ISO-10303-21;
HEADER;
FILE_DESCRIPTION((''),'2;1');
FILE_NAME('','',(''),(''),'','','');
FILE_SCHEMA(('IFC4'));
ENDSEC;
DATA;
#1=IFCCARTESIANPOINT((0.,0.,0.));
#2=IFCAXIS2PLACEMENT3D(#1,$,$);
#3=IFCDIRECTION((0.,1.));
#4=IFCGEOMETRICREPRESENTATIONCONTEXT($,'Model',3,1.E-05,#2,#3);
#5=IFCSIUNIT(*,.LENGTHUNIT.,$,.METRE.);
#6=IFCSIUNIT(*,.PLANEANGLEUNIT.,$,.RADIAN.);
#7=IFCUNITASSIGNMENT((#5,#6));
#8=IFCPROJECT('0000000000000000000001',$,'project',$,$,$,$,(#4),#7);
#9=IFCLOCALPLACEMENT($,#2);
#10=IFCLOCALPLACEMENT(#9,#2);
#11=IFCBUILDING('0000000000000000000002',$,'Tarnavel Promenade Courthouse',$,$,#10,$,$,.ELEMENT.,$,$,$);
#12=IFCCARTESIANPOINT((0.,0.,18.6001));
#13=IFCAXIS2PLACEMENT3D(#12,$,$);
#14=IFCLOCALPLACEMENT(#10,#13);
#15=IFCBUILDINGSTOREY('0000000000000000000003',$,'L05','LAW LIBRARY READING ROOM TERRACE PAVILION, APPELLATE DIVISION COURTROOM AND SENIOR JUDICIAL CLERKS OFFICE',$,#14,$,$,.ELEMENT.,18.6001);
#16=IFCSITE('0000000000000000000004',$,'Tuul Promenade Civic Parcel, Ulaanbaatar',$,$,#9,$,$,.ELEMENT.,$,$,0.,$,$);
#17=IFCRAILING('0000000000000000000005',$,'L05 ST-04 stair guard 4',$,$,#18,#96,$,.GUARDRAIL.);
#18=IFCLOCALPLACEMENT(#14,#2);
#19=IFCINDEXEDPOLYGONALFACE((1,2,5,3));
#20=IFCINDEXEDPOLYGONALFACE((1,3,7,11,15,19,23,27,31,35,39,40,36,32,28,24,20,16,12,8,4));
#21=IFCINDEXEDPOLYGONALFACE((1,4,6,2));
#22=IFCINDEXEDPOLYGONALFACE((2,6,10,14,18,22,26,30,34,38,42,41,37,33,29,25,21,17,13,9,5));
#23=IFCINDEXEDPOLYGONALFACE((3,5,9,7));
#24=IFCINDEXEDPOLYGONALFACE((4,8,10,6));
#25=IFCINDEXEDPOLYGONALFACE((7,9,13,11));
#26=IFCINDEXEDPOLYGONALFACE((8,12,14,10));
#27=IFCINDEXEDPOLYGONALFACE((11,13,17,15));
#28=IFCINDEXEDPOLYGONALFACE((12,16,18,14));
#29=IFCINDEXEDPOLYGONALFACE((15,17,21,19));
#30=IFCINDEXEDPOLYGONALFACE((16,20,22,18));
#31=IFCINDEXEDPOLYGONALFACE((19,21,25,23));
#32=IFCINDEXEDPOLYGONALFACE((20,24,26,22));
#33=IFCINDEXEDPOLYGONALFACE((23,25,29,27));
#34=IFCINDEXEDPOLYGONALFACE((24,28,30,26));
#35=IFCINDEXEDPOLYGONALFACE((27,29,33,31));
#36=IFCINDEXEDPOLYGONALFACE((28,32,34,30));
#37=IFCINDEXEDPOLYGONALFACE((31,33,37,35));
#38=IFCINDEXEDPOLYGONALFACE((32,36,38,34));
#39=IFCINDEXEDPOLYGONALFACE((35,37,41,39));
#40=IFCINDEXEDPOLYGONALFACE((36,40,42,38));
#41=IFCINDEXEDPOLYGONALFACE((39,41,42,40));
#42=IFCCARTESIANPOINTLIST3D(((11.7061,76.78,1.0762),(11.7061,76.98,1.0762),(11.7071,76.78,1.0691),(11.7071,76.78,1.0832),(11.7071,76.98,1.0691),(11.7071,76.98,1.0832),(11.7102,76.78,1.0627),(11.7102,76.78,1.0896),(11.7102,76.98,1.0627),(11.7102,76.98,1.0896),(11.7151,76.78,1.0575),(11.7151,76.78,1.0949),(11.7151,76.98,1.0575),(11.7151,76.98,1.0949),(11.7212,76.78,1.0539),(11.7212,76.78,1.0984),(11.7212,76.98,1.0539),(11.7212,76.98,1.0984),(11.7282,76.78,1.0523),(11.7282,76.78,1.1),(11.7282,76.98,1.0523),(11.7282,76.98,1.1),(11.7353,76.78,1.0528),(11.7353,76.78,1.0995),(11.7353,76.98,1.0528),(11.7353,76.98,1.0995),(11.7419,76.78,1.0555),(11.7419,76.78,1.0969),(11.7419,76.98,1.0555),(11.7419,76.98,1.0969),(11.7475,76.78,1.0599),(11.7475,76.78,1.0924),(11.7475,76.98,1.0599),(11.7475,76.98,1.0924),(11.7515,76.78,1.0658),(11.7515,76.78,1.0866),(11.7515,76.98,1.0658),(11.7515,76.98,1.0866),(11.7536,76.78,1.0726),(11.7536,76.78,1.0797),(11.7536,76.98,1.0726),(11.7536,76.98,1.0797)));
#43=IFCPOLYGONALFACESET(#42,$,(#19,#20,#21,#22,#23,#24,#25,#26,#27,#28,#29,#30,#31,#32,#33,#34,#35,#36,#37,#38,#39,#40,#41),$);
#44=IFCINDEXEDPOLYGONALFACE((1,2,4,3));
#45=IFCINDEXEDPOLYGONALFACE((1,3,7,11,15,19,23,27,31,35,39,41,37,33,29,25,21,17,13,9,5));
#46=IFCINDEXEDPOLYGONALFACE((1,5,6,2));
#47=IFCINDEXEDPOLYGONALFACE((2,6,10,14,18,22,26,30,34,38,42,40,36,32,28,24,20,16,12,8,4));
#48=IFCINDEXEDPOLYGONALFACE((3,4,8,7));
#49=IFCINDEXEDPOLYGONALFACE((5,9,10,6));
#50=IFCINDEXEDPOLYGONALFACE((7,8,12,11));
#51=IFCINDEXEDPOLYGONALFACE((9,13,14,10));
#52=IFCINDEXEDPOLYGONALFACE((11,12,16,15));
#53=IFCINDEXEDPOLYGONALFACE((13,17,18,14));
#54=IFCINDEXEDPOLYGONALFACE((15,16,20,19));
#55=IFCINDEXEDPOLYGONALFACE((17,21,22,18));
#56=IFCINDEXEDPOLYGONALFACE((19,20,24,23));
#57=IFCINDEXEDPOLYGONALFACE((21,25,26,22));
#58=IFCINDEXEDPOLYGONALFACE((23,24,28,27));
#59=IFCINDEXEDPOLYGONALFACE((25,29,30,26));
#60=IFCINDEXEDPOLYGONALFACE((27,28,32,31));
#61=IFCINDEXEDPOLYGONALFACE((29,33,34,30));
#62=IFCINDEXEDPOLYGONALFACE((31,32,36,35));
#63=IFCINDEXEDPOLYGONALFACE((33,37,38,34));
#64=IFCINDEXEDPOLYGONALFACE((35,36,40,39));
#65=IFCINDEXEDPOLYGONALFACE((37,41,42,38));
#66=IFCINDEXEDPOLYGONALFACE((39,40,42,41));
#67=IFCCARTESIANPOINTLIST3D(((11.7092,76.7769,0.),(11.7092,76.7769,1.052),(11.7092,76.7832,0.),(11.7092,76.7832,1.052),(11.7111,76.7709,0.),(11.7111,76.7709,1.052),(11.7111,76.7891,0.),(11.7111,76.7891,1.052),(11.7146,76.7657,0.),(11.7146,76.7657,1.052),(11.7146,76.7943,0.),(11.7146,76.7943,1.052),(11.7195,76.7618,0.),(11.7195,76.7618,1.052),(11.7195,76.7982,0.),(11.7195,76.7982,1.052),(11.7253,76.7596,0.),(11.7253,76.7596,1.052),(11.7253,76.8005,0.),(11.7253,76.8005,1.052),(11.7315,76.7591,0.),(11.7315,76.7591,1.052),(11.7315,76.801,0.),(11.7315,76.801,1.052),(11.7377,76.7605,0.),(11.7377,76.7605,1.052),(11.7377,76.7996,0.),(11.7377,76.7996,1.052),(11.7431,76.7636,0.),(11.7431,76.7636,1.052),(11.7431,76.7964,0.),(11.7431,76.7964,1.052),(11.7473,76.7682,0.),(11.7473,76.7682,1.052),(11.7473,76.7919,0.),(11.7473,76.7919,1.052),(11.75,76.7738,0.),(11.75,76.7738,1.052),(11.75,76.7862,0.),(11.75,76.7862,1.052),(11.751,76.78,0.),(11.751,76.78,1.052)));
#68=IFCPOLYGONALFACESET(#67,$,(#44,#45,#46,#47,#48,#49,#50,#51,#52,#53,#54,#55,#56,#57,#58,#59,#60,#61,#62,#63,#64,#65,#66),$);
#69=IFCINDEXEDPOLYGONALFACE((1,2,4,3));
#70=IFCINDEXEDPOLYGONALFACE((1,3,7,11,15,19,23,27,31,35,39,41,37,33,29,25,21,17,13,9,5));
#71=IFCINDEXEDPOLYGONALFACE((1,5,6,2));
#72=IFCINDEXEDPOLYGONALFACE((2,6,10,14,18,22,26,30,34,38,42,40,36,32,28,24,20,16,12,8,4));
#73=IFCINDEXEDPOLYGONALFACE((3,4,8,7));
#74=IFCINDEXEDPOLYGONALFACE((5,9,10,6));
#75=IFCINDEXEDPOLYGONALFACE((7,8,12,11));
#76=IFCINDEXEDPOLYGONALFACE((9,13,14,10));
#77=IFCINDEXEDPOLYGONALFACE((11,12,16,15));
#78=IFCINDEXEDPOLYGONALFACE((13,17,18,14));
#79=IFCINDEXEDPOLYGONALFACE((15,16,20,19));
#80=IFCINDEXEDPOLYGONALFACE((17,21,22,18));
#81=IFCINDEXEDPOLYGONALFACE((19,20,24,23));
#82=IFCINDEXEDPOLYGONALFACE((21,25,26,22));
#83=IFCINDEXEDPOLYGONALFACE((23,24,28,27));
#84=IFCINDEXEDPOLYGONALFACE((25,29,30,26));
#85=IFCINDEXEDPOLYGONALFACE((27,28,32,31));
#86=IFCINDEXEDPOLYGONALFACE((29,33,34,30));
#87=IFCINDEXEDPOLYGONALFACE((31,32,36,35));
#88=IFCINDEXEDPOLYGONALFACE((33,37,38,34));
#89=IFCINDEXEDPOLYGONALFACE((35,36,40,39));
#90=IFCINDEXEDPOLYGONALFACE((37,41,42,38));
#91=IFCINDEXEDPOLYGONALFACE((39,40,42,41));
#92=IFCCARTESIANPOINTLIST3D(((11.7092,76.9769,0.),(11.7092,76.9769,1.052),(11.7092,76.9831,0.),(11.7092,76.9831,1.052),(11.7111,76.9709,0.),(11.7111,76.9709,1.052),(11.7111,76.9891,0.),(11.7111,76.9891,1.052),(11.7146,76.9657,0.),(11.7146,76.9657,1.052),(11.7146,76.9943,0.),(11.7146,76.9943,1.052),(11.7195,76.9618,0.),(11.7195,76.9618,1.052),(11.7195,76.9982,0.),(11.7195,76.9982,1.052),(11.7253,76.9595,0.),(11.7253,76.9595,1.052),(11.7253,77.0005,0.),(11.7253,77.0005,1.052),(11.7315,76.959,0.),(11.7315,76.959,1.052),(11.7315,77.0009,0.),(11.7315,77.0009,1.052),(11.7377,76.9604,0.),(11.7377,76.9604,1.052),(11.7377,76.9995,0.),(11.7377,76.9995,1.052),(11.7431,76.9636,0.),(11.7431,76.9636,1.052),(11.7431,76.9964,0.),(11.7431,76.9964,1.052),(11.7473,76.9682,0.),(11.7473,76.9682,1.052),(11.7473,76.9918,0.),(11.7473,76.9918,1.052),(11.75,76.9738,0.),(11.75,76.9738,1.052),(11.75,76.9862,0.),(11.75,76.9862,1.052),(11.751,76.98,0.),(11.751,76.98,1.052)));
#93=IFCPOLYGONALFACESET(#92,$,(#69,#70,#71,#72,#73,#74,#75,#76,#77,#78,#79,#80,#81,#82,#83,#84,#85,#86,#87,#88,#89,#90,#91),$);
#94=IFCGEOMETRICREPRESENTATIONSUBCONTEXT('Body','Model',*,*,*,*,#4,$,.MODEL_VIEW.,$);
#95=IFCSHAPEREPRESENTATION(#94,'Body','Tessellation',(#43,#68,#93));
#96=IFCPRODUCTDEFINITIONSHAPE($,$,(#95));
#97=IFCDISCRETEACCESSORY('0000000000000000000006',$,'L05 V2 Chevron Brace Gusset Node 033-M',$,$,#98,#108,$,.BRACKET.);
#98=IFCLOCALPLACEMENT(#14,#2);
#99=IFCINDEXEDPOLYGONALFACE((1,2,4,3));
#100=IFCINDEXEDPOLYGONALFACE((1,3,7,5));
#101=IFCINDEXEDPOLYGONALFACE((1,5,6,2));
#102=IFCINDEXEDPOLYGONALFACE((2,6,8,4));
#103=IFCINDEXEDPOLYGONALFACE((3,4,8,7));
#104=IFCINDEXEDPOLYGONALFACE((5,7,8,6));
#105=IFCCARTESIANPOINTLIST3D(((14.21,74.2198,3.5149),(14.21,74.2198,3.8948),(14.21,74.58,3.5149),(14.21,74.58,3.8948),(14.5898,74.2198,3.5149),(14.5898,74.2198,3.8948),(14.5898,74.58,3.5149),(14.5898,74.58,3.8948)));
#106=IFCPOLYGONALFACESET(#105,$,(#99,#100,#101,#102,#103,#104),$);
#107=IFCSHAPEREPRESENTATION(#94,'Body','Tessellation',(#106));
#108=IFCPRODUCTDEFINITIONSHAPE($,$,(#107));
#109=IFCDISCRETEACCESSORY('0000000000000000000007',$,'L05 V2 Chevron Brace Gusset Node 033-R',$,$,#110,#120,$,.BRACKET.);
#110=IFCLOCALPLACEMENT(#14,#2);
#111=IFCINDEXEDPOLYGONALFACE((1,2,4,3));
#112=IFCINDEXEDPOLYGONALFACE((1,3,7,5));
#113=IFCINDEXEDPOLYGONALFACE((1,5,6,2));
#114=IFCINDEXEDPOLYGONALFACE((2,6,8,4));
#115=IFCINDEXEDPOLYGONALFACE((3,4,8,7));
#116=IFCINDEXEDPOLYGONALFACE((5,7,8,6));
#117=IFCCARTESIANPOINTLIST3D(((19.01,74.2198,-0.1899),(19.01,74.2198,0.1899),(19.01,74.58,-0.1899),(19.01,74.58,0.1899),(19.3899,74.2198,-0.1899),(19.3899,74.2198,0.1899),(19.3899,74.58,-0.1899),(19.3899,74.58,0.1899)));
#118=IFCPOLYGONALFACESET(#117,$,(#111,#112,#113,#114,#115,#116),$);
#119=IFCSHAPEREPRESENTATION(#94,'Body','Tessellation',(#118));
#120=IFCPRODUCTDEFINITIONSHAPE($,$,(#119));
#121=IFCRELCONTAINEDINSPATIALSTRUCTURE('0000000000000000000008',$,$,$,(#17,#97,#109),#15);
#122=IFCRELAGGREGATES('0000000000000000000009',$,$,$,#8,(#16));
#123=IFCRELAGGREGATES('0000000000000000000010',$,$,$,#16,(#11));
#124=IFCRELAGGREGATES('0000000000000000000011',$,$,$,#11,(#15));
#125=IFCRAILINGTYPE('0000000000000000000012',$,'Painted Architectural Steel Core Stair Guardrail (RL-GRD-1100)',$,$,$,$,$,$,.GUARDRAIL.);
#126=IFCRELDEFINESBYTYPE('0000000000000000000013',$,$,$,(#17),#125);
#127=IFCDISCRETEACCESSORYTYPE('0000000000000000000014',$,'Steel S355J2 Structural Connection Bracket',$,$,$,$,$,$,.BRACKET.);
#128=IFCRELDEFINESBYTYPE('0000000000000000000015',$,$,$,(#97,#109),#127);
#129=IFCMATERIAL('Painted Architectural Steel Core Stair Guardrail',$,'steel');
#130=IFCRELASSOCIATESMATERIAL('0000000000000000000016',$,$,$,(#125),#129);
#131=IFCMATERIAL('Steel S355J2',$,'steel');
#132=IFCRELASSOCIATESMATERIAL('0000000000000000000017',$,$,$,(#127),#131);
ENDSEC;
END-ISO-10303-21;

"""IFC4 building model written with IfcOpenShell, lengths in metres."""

from ifc_helpers import new_model, si_unit, direction, frame, origin, origin_2d, place, context, subcontext, project, spatial, rectangle, circle, extrude, material, type_object, element, save


model = new_model("IFC4")

# Units and contexts
model_context = context("Model", 3, precision=1e-05, world=origin(), true_north=direction((0.0, 1.0)))
body_context = subcontext(model_context, "Body", "Model", "MODEL_VIEW")
ifc_project = project(units=[si_unit("LENGTHUNIT", "METRE"), si_unit("PLANEANGLEUNIT", "RADIAN")], contexts=[model_context])

# Site, building, storey
site_placement = place(None, origin())
site = spatial("IfcSite", under=ifc_project, at=site_placement, Name="Tuul Promenade Civic Parcel, Ulaanbaatar", CompositionType="ELEMENT", RefElevation=0.0)
building_placement = place(site_placement, origin())
building = spatial("IfcBuilding", under=site, at=building_placement, Name="Tarnavel Promenade Courthouse", CompositionType="ELEMENT")
storey_placement = place(building_placement, frame((0.0, 0.0, 18.6001)))
storey = spatial("IfcBuildingStorey", under=building, at=storey_placement, Name="L05", Description="LAW LIBRARY READING ROOM TERRACE PAVILION, APPELLATE DIVISION COURTROOM AND SENIOR JUDICIAL CLERKS OFFICE", CompositionType="ELEMENT", Elevation=18.6001)

# Shared definitions
ifc_material_1 = material(Name="Steel S355J2", Category="steel")

# Railing
ifc_material_2 = material(Name="Painted Architectural Steel Core Stair Guardrail", Category="steel")
railing_type_1 = type_object("IfcRailingType", Name="Painted Architectural Steel Core Stair Guardrail (RL-GRD-1100)", PredefinedType="GUARDRAIL", material=ifc_material_2)
railing_1_placement = place(storey_placement, frame((11.73, 76.78, 0.0)))
element("IfcRailing", 1, at=railing_1_placement, inside=storey, type_object=railing_type_1, Name="L05 ST-04 stair guard 4", PredefinedType="GUARDRAIL", context=body_context, shape_type="SweptSolid", body=[
    extrude(circle(Radius=0.0239, at=origin_2d()), frame((0.0, 0.0, 1.0762), z_axis=(0.0, 1.0, 0.0), x_axis=(-1.0, 0.0, 0.0)), (0.0, 0.0, 1.0), 0.2),
    extrude(circle(Radius=0.021, at=origin_2d()), origin(), (0.0, 0.0, 1.0), 1.052),
    extrude(circle(Radius=0.021, at=origin_2d()), frame((0.0, 0.2, 0.0)), (0.0, 0.0, 1.0), 1.052),
])

# Discrete accessories
discrete_accessory_type = type_object("IfcDiscreteAccessoryType", Name="Steel S355J2 Structural Connection Bracket", PredefinedType="BRACKET", material=ifc_material_1)
for number, where, z_axis, x_axis, name in (
    (2, (14.3999, 74.3999, 3.5149), (0.0, 0.0, 1.0), (1.0, 0.0, 0.0), "L05 V2 Chevron Brace Gusset Node 033-M"),
    (3, (19.2, 74.3999, -0.1899), (0.0, 0.0, 1.0), (1.0, 0.0, 0.0), "L05 V2 Chevron Brace Gusset Node 033-R"),
):
    element("IfcDiscreteAccessory", number, at=place(storey_placement, frame(where, z_axis=z_axis, x_axis=x_axis)), inside=storey, type_object=discrete_accessory_type, Name=name, PredefinedType="BRACKET", context=body_context, shape_type="SweptSolid", body=[
        extrude(rectangle(XDim=0.3799, YDim=0.3601, at=origin_2d()), origin(), (0.0, 0.0, 1.0), 0.3799),
    ])

save(model, "model.ifc")
